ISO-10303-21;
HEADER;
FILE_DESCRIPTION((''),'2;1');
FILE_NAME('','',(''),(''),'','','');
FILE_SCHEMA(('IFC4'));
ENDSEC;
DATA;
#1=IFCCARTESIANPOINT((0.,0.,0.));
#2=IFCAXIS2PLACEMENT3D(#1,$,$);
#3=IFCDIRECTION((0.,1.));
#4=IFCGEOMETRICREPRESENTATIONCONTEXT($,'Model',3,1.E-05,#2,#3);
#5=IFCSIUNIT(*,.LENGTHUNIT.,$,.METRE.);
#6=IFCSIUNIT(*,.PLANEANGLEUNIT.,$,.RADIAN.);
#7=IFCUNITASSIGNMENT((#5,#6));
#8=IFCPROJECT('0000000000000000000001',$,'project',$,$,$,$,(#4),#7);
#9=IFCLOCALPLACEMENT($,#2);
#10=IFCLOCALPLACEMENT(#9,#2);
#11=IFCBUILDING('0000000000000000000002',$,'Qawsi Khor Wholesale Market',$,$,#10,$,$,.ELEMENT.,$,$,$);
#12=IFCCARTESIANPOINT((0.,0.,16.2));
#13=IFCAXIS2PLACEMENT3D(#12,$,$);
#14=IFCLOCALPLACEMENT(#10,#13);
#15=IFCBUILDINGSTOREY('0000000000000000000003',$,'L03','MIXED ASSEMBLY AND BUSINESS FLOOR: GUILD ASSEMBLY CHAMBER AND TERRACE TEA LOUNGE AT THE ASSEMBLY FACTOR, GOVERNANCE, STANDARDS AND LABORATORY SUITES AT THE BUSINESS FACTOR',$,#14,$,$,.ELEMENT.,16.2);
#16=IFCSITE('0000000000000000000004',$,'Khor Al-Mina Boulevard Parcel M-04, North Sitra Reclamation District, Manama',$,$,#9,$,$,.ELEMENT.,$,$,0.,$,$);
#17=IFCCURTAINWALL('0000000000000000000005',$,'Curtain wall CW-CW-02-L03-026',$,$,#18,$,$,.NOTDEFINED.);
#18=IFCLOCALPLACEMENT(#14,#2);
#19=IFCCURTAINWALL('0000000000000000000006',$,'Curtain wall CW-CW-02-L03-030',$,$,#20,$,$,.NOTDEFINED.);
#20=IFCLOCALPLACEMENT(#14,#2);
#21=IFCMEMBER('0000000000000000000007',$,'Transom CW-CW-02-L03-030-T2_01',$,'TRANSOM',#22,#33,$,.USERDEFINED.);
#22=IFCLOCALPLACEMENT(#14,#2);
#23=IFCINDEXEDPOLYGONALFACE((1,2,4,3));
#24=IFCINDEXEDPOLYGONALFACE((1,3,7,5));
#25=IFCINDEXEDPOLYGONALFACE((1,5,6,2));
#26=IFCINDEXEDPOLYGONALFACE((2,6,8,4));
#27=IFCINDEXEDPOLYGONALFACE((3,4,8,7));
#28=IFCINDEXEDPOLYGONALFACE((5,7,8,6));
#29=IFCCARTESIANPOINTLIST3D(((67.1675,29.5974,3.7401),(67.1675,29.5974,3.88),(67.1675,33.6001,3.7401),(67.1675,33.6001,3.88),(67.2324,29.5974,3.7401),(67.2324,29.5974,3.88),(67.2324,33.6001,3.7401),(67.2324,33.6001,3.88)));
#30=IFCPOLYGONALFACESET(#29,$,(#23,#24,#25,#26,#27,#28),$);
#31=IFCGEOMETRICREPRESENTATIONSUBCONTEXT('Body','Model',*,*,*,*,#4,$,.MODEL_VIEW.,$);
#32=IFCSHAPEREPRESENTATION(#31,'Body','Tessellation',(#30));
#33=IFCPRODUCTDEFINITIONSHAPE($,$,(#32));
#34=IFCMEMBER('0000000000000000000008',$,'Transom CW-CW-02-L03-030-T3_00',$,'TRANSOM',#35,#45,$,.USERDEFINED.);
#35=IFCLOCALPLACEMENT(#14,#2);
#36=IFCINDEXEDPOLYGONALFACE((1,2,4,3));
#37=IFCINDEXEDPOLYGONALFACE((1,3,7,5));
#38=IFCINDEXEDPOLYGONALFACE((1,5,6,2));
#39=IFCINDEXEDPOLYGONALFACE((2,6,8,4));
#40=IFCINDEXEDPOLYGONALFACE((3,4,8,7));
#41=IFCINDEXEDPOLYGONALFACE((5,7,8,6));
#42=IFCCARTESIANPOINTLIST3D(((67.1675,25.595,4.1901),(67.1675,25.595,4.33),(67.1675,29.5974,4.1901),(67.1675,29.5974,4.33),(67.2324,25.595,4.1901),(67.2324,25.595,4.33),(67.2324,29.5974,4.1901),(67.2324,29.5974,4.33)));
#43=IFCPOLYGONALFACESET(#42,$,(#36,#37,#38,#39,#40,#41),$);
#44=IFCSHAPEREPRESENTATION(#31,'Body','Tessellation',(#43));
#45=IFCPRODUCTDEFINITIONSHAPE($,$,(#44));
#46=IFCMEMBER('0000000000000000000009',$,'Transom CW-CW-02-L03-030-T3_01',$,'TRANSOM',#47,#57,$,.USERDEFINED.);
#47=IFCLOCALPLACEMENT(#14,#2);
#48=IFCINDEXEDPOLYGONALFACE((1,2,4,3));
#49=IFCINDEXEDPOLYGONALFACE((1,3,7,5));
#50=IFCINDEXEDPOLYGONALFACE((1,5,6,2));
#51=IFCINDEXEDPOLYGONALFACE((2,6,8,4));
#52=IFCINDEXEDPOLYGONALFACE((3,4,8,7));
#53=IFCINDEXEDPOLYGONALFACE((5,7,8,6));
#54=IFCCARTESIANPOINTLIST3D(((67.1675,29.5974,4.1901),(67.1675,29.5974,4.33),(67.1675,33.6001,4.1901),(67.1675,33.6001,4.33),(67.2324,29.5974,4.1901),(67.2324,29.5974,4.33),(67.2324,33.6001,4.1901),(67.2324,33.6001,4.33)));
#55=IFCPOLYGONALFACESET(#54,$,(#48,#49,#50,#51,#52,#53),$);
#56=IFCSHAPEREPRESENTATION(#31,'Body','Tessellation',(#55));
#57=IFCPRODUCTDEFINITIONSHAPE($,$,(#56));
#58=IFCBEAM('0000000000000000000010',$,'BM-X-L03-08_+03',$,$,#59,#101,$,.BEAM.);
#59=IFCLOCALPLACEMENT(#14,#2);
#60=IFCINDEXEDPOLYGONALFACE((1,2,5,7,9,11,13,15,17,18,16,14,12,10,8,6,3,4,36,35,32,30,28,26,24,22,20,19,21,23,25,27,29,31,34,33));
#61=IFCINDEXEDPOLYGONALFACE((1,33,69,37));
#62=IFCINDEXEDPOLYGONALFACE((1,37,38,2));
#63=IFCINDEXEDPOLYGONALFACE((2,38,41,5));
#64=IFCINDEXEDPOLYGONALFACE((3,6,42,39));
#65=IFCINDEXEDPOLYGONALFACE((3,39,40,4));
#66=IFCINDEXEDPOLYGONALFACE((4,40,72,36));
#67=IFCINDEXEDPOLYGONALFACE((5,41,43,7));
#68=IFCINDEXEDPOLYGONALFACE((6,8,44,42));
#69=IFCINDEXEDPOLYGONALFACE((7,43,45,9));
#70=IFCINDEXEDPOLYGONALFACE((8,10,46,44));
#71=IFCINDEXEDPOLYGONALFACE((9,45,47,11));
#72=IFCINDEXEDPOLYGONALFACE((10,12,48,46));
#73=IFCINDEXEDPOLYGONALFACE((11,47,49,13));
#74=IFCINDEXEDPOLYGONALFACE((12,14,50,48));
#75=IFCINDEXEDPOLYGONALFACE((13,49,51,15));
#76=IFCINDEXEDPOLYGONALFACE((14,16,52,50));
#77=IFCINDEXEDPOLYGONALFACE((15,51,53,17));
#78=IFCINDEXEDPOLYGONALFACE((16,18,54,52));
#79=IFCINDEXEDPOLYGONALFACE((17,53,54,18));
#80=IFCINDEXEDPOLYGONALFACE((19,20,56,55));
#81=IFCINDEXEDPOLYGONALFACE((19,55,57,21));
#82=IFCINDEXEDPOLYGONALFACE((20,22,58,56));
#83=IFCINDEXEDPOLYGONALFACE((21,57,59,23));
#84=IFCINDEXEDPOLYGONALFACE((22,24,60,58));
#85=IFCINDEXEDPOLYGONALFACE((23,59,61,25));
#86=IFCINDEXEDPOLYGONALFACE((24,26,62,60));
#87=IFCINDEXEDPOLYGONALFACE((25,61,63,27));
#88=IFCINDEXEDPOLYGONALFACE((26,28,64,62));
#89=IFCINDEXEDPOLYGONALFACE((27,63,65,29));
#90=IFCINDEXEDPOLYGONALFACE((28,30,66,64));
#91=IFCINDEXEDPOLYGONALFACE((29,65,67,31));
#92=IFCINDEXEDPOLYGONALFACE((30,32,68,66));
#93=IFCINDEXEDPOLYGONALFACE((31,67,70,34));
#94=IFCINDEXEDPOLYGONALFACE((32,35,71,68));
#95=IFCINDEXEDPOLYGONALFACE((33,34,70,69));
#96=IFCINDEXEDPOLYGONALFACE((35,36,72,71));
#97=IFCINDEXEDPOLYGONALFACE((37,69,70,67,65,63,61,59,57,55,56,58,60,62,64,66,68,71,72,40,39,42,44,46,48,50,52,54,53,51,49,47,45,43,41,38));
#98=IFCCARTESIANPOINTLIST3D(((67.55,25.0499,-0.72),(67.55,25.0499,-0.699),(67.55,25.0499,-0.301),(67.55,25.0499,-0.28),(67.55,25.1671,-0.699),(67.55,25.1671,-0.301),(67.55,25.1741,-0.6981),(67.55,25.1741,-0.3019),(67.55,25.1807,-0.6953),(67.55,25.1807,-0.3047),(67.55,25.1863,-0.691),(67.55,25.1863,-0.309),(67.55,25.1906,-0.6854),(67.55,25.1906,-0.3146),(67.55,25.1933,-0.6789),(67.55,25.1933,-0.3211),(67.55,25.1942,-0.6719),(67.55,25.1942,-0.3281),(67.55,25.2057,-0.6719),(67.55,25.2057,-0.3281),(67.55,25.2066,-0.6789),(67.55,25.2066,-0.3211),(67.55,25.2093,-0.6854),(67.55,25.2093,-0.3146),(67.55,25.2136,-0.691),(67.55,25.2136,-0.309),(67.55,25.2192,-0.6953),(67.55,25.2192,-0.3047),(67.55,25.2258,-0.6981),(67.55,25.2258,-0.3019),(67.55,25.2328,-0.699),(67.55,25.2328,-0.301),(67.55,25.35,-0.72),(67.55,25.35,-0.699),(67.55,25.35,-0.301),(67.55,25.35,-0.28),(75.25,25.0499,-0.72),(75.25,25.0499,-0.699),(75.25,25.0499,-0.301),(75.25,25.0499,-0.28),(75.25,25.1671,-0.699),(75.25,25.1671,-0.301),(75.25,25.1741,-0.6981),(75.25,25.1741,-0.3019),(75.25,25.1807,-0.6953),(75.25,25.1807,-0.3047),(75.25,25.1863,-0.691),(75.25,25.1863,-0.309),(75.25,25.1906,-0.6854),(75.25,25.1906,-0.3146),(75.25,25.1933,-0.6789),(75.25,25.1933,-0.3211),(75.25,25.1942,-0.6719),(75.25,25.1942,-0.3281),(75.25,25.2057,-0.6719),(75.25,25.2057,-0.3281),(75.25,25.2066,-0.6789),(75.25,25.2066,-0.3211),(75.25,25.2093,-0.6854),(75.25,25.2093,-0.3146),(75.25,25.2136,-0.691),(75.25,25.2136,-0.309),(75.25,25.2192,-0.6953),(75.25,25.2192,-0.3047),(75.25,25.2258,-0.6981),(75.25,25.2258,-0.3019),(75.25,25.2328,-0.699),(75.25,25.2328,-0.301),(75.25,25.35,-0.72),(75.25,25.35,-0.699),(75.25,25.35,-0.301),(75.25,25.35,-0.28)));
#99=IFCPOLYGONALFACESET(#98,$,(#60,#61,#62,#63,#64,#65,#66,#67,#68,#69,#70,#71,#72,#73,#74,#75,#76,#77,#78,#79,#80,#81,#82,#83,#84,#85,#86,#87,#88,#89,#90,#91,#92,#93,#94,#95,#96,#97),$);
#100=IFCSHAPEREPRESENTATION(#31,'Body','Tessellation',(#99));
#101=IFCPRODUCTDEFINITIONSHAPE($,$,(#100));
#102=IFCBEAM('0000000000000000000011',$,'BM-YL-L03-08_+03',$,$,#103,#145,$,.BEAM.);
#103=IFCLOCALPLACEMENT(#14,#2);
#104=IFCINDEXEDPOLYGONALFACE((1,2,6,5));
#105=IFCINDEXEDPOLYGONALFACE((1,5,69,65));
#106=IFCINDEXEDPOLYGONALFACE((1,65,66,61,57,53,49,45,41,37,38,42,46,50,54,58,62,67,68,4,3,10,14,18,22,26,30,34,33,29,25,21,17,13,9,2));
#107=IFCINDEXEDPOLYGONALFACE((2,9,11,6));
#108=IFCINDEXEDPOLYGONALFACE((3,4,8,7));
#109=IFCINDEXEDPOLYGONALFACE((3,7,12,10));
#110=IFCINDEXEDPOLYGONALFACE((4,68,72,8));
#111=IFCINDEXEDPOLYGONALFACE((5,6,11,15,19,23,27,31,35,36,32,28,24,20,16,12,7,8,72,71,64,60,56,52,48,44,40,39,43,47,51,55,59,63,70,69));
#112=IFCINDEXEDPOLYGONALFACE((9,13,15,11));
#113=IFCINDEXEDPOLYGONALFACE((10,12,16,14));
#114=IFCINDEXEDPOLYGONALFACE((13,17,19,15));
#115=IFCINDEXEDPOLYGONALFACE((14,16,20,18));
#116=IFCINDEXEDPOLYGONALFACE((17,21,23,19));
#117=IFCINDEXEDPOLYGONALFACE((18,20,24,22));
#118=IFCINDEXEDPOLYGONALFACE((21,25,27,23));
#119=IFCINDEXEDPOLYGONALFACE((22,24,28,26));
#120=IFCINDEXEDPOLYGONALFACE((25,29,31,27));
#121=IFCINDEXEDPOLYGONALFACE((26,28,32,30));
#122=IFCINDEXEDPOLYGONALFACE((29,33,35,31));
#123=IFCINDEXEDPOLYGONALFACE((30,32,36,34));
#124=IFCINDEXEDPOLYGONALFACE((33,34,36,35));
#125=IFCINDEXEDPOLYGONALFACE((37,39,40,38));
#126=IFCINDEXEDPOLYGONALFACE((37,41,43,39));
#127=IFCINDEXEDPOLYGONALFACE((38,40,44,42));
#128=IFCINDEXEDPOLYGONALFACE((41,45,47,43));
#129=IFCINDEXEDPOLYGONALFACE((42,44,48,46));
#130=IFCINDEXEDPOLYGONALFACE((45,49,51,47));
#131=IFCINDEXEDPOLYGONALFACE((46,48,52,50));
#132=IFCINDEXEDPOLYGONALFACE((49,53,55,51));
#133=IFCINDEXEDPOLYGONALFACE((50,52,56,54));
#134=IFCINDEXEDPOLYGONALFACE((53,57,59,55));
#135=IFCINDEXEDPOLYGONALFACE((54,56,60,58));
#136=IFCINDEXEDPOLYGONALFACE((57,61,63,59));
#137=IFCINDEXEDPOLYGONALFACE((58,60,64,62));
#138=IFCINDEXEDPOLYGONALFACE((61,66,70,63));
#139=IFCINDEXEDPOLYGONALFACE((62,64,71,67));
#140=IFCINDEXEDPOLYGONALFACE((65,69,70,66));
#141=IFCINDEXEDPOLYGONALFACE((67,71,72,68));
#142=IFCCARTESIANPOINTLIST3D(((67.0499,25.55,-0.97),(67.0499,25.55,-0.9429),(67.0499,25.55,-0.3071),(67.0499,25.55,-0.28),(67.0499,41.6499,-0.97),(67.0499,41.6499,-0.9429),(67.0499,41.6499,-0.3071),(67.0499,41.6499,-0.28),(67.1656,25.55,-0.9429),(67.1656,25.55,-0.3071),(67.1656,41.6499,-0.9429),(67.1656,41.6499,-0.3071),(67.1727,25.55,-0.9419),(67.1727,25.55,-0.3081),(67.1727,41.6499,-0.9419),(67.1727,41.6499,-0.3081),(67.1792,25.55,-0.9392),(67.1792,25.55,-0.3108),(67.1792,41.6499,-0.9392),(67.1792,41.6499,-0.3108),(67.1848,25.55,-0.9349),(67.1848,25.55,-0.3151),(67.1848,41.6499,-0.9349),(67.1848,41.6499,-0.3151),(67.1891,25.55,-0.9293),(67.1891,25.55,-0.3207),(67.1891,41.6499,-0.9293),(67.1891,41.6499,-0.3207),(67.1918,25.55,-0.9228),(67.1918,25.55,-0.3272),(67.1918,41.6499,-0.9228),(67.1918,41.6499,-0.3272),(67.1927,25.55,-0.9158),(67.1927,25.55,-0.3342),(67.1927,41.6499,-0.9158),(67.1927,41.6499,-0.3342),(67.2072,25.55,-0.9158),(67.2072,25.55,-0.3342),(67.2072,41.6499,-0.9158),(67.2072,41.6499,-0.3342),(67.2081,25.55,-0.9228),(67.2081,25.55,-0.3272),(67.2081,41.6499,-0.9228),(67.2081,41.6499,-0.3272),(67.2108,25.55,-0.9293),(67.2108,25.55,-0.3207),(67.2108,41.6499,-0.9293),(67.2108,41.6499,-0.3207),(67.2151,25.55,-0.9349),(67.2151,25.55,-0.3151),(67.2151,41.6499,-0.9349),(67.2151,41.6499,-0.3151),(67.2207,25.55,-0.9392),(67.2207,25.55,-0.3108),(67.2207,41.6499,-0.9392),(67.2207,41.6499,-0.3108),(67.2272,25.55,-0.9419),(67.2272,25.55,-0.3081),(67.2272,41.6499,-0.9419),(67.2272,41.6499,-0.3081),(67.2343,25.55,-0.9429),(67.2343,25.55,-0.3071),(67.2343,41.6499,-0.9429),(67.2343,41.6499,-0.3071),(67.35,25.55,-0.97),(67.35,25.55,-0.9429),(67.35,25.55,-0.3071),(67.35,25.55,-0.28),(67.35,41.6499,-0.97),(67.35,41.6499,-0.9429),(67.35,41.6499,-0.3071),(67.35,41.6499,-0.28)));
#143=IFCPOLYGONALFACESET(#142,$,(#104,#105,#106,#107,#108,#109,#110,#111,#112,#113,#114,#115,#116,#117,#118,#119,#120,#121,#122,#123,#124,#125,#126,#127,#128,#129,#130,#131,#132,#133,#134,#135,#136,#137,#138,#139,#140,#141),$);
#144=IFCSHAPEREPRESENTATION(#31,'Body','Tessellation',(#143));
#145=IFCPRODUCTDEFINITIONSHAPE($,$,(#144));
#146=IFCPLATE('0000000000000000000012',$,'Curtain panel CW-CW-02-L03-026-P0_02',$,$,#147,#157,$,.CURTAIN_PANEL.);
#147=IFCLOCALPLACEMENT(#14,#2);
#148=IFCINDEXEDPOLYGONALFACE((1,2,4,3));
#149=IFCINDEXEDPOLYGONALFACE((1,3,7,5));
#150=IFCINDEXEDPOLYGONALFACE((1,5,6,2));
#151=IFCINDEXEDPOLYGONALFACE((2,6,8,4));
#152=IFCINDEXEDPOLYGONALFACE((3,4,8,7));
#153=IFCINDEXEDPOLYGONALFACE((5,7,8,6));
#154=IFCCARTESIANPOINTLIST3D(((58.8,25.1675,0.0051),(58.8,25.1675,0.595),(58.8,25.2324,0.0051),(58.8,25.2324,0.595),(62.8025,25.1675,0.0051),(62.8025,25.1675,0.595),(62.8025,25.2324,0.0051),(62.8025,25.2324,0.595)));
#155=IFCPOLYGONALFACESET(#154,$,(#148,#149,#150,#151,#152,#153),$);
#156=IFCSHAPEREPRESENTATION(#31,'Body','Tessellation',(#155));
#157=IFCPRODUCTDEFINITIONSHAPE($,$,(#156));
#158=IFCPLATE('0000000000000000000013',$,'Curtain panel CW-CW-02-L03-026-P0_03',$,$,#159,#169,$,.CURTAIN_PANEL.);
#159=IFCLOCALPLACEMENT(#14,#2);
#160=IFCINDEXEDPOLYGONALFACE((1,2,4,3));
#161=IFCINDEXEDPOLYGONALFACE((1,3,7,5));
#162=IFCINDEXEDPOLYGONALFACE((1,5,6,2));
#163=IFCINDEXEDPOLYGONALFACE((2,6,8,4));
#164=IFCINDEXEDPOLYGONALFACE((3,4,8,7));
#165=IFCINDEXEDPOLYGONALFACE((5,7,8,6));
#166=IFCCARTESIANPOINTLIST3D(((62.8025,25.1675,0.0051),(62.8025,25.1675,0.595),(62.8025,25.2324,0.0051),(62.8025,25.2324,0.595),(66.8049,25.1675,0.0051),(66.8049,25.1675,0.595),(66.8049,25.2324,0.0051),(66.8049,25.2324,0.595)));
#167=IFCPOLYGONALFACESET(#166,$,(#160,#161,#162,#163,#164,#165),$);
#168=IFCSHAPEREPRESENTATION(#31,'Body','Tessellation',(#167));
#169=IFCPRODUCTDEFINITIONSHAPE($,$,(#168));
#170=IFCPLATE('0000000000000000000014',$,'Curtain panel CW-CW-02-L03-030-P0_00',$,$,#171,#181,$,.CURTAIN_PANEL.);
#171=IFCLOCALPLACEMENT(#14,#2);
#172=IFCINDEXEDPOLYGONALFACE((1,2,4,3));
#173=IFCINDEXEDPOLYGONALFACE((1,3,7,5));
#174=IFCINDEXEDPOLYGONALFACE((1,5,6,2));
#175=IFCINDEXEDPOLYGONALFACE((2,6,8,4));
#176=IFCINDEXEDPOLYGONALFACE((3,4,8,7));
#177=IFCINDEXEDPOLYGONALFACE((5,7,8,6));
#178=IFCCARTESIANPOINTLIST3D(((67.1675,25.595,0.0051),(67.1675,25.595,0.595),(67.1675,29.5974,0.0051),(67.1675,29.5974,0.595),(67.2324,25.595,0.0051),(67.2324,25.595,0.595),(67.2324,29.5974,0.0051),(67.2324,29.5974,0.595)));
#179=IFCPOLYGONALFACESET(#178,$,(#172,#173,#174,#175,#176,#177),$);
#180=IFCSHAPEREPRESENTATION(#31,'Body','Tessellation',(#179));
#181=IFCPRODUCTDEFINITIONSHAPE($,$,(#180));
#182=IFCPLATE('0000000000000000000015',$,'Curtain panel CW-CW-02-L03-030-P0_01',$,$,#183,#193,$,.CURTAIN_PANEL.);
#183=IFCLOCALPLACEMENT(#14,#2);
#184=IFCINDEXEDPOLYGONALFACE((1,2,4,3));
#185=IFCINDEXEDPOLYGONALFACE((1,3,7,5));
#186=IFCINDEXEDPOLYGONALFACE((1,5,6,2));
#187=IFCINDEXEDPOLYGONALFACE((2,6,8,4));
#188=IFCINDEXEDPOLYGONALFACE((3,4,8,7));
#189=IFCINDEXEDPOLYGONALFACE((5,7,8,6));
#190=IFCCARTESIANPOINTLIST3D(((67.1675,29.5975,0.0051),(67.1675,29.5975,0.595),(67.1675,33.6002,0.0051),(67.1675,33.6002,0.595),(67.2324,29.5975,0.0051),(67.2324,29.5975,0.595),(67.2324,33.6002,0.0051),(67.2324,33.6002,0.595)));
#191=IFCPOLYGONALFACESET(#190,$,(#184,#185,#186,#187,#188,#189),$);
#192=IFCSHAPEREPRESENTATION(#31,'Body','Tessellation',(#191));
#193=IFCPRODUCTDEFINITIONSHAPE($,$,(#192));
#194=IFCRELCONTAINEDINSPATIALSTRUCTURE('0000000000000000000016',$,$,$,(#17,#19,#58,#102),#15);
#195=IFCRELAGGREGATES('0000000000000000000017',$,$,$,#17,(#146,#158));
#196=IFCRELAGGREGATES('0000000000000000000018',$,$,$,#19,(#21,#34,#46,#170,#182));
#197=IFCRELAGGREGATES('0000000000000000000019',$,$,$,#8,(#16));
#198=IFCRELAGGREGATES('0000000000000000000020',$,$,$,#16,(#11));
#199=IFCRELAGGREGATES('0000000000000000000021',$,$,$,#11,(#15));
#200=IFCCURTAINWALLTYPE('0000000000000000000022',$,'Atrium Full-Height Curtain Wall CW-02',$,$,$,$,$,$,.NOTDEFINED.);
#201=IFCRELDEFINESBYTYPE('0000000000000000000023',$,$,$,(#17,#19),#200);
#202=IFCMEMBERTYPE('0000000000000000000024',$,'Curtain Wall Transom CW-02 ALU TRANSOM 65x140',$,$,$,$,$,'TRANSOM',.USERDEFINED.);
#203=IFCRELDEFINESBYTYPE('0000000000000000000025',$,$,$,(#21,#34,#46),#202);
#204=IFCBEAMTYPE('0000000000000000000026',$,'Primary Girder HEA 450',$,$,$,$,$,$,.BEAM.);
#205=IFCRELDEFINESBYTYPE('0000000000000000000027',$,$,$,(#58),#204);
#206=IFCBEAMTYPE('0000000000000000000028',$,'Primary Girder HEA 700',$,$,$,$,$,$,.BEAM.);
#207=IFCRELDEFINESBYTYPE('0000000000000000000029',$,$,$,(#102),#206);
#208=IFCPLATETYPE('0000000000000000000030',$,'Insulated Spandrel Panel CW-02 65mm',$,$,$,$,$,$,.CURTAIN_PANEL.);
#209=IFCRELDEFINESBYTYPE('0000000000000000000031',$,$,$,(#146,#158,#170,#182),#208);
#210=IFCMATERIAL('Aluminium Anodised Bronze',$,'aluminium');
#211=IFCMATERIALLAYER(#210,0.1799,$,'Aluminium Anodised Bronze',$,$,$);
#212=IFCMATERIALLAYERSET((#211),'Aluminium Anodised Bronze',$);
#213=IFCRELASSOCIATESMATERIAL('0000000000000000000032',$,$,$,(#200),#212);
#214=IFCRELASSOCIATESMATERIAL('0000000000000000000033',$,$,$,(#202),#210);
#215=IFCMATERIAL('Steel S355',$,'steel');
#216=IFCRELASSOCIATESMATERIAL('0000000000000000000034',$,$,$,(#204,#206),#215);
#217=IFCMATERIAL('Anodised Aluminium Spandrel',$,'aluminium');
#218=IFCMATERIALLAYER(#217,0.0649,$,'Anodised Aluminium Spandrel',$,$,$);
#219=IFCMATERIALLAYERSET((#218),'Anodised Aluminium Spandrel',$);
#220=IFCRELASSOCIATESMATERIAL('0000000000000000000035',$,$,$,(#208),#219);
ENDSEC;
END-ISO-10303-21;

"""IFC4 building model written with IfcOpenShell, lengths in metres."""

from ifc_helpers import new_model, si_unit, direction, frame, frame_2d, origin, origin_2d, place, context, subcontext, project, spatial, rectangle, i_section, extrude, material, layer, layer_set, material_profile, profile_set, type_object, element, aggregate, save


model = new_model("IFC4")

# Units and contexts
model_context = context("Model", 3, precision=1e-05, world=origin(), true_north=direction((0.0, 1.0)))
body_context = subcontext(model_context, "Body", "Model", "MODEL_VIEW")
ifc_project = project(units=[si_unit("LENGTHUNIT", "METRE"), si_unit("PLANEANGLEUNIT", "RADIAN")], contexts=[model_context])

# Site, building, storey
site_placement = place(None, origin())
site = spatial("IfcSite", under=ifc_project, at=site_placement, Name="Khor Al-Mina Boulevard Parcel M-04, North Sitra Reclamation District, Manama", CompositionType="ELEMENT", RefElevation=0.0)
building_placement = place(site_placement, origin())
building = spatial("IfcBuilding", under=site, at=building_placement, Name="Qawsi Khor Wholesale Market", CompositionType="ELEMENT")
storey_placement = place(building_placement, frame((0.0, 0.0, 16.2)))
storey = spatial("IfcBuildingStorey", under=building, at=storey_placement, Name="L03", Description="MIXED ASSEMBLY AND BUSINESS FLOOR: GUILD ASSEMBLY CHAMBER AND TERRACE TEA LOUNGE AT THE ASSEMBLY FACTOR, GOVERNANCE, STANDARDS AND LABORATORY SUITES AT THE BUSINESS FACTOR", CompositionType="ELEMENT", Elevation=16.2)

# Curtain walls
ifc_material_1 = material(Name="Aluminium Anodised Bronze", Category="aluminium")
ifc_layer_1 = layer(ifc_material_1, 0.1799, Name="Aluminium Anodised Bronze")
ifc_layer_set_1 = layer_set([ifc_layer_1], Name="Aluminium Anodised Bronze")
curtain_wall_type = type_object("IfcCurtainWallType", Name="Atrium Full-Height Curtain Wall CW-02", PredefinedType="NOTDEFINED", material=ifc_layer_set_1)
curtain_wall_1_placement = place(storey_placement, origin())
curtain_wall_1 = element("IfcCurtainWall", 1, at=curtain_wall_1_placement, inside=storey, type_object=curtain_wall_type, Name="Curtain wall CW-CW-02-L03-026", PredefinedType="NOTDEFINED")
curtain_wall_2_placement = place(storey_placement, origin())
curtain_wall_2 = element("IfcCurtainWall", 2, at=curtain_wall_2_placement, inside=storey, type_object=curtain_wall_type, Name="Curtain wall CW-CW-02-L03-030", PredefinedType="NOTDEFINED")

# Members
ifc_material_profile_1 = material_profile(ifc_material_1, rectangle(XDim=0.0649, YDim=0.1399, at=origin_2d()), Name="ALU TRANSOM 65x140")
ifc_profile_set_1 = profile_set([ifc_material_profile_1], Name="Aluminium Anodised Bronze")
member_type_1 = type_object("IfcMemberType", Name="Curtain Wall Transom CW-02 ALU TRANSOM 65x140", ElementType="TRANSOM", PredefinedType="USERDEFINED", material=ifc_profile_set_1)
member_1_placement = place(storey_placement, frame((67.2, 29.5974, 3.8101), z_axis=(0.0, 1.0, 0.0), x_axis=(-1.0, 0.0, 0.0)))
member_1 = element("IfcMember", 3, at=member_1_placement, type_object=member_type_1, Name="Transom CW-CW-02-L03-030-T2_01", ObjectType="TRANSOM", PredefinedType="USERDEFINED", context=body_context, shape_type="SweptSolid", body=[
    extrude(rectangle(XDim=0.0649, YDim=0.1399, at=origin_2d()), origin(), (0.0, 0.0, 1.0), 4.0027),
])
member_2_placement = place(storey_placement, frame((67.2, 25.595, 4.26), z_axis=(0.0, 1.0, 0.0), x_axis=(-1.0, 0.0, 0.0)))
member_2 = element("IfcMember", 4, at=member_2_placement, type_object=member_type_1, Name="Transom CW-CW-02-L03-030-T3_00", ObjectType="TRANSOM", PredefinedType="USERDEFINED", context=body_context, shape_type="SweptSolid", body=[
    extrude(rectangle(XDim=0.0649, YDim=0.1399, at=origin_2d()), origin(), (0.0, 0.0, 1.0), 4.0024),
])
member_3_placement = place(storey_placement, frame((67.2, 29.5974, 4.26), z_axis=(0.0, 1.0, 0.0), x_axis=(-1.0, 0.0, 0.0)))
member_3 = element("IfcMember", 5, at=member_3_placement, type_object=member_type_1, Name="Transom CW-CW-02-L03-030-T3_01", ObjectType="TRANSOM", PredefinedType="USERDEFINED", context=body_context, shape_type="SweptSolid", body=[
    extrude(rectangle(XDim=0.0649, YDim=0.1399, at=origin_2d()), origin(), (0.0, 0.0, 1.0), 4.0027),
])

# Beams
ifc_material_2 = material(Name="Steel S355", Category="steel")
ifc_material_profile_2 = material_profile(ifc_material_2, i_section(OverallWidth=0.3, OverallDepth=0.4399, WebThickness=0.0115, FlangeThickness=0.021, FilletRadius=0.0271, at=origin_2d()), Name="HEA 450")
ifc_profile_set_2 = profile_set([ifc_material_profile_2], Name="Steel S355")
beam_type_1 = type_object("IfcBeamType", Name="Primary Girder HEA 450", PredefinedType="BEAM", material=ifc_profile_set_2)
beam_1_placement = place(storey_placement, frame((67.55, 25.2, -0.5), z_axis=(1.0, 0.0, 0.0), x_axis=(0.0, 1.0, 0.0)))
element("IfcBeam", 6, at=beam_1_placement, inside=storey, type_object=beam_type_1, Name="BM-X-L03-08_+03", PredefinedType="BEAM", context=body_context, shape_type="SweptSolid", body=[
    extrude(i_section(OverallWidth=0.3, OverallDepth=0.4399, WebThickness=0.0115, FlangeThickness=0.021, FilletRadius=0.0271, at=origin_2d()), origin(), (0.0, 0.0, 1.0), 7.7),
])
ifc_material_profile_3 = material_profile(ifc_material_2, i_section(OverallWidth=0.3, OverallDepth=0.6899, WebThickness=0.0144, FlangeThickness=0.0271, FilletRadius=0.0271, at=origin_2d()), Name="HEA 700")
ifc_profile_set_3 = profile_set([ifc_material_profile_3], Name="Steel S355")
beam_type_2 = type_object("IfcBeamType", Name="Primary Girder HEA 700", PredefinedType="BEAM", material=ifc_profile_set_3)
beam_2_placement = place(storey_placement, frame((67.2, 25.55, -0.625), z_axis=(0.0, 1.0, 0.0), x_axis=(-1.0, 0.0, 0.0)))
element("IfcBeam", 7, at=beam_2_placement, inside=storey, type_object=beam_type_2, Name="BM-YL-L03-08_+03", PredefinedType="BEAM", context=body_context, shape_type="SweptSolid", body=[
    extrude(i_section(OverallWidth=0.3, OverallDepth=0.6899, WebThickness=0.0144, FlangeThickness=0.0271, FilletRadius=0.0271, at=origin_2d()), origin(), (0.0, 0.0, 1.0), 16.0999),
])

# Plates
ifc_material_3 = material(Name="Anodised Aluminium Spandrel", Category="aluminium")
ifc_layer_2 = layer(ifc_material_3, 0.0649, Name="Anodised Aluminium Spandrel")
ifc_layer_set_2 = layer_set([ifc_layer_2], Name="Anodised Aluminium Spandrel")
plate_type_1 = type_object("IfcPlateType", Name="Insulated Spandrel Panel CW-02 65mm", PredefinedType="CURTAIN_PANEL", material=ifc_layer_set_2)
plate_1_placement = place(storey_placement, frame((58.8, 25.2, 0.0051), z_axis=(0.0, 0.0, 1.0), x_axis=(1.0, 0.0, 0.0)))
plate_1 = element("IfcPlate", 8, at=plate_1_placement, type_object=plate_type_1, Name="Curtain panel CW-CW-02-L03-026-P0_02", PredefinedType="CURTAIN_PANEL", context=body_context, shape_type="SweptSolid", body=[
    extrude(rectangle(XDim=4.0024, YDim=0.0649, at=frame_2d((2.0012, 0.0))), origin(), (0.0, 0.0, 1.0), 0.5898),
])
plate_2_placement = place(storey_placement, frame((62.8025, 25.2, 0.0051), z_axis=(0.0, 0.0, 1.0), x_axis=(1.0, 0.0, 0.0)))
plate_2 = element("IfcPlate", 9, at=plate_2_placement, type_object=plate_type_1, Name="Curtain panel CW-CW-02-L03-026-P0_03", PredefinedType="CURTAIN_PANEL", context=body_context, shape_type="SweptSolid", body=[
    extrude(rectangle(XDim=4.0024, YDim=0.0649, at=frame_2d((2.0012, 0.0))), origin(), (0.0, 0.0, 1.0), 0.5898),
])
plate_3_placement = place(storey_placement, frame((67.2, 25.595, 0.0051), z_axis=(0.0, 0.0, 1.0), x_axis=(0.0, 1.0, 0.0)))
plate_3 = element("IfcPlate", 10, at=plate_3_placement, type_object=plate_type_1, Name="Curtain panel CW-CW-02-L03-030-P0_00", PredefinedType="CURTAIN_PANEL", context=body_context, shape_type="SweptSolid", body=[
    extrude(rectangle(XDim=4.0024, YDim=0.0649, at=frame_2d((2.0012, 0.0))), origin(), (0.0, 0.0, 1.0), 0.5898),
])
plate_4_placement = place(storey_placement, frame((67.2, 29.5974, 0.0051), z_axis=(0.0, 0.0, 1.0), x_axis=(0.0, 1.0, 0.0)))
plate_4 = element("IfcPlate", 11, at=plate_4_placement, type_object=plate_type_1, Name="Curtain panel CW-CW-02-L03-030-P0_01", PredefinedType="CURTAIN_PANEL", context=body_context, shape_type="SweptSolid", body=[
    extrude(rectangle(XDim=4.0027, YDim=0.0649, at=frame_2d((2.0015, 0.0))), origin(), (0.0, 0.0, 1.0), 0.5898),
])
aggregate(curtain_wall_1, [plate_1, plate_2])
aggregate(curtain_wall_2, [member_1, member_2, member_3, plate_3, plate_4])

save(model, "model.ifc")
